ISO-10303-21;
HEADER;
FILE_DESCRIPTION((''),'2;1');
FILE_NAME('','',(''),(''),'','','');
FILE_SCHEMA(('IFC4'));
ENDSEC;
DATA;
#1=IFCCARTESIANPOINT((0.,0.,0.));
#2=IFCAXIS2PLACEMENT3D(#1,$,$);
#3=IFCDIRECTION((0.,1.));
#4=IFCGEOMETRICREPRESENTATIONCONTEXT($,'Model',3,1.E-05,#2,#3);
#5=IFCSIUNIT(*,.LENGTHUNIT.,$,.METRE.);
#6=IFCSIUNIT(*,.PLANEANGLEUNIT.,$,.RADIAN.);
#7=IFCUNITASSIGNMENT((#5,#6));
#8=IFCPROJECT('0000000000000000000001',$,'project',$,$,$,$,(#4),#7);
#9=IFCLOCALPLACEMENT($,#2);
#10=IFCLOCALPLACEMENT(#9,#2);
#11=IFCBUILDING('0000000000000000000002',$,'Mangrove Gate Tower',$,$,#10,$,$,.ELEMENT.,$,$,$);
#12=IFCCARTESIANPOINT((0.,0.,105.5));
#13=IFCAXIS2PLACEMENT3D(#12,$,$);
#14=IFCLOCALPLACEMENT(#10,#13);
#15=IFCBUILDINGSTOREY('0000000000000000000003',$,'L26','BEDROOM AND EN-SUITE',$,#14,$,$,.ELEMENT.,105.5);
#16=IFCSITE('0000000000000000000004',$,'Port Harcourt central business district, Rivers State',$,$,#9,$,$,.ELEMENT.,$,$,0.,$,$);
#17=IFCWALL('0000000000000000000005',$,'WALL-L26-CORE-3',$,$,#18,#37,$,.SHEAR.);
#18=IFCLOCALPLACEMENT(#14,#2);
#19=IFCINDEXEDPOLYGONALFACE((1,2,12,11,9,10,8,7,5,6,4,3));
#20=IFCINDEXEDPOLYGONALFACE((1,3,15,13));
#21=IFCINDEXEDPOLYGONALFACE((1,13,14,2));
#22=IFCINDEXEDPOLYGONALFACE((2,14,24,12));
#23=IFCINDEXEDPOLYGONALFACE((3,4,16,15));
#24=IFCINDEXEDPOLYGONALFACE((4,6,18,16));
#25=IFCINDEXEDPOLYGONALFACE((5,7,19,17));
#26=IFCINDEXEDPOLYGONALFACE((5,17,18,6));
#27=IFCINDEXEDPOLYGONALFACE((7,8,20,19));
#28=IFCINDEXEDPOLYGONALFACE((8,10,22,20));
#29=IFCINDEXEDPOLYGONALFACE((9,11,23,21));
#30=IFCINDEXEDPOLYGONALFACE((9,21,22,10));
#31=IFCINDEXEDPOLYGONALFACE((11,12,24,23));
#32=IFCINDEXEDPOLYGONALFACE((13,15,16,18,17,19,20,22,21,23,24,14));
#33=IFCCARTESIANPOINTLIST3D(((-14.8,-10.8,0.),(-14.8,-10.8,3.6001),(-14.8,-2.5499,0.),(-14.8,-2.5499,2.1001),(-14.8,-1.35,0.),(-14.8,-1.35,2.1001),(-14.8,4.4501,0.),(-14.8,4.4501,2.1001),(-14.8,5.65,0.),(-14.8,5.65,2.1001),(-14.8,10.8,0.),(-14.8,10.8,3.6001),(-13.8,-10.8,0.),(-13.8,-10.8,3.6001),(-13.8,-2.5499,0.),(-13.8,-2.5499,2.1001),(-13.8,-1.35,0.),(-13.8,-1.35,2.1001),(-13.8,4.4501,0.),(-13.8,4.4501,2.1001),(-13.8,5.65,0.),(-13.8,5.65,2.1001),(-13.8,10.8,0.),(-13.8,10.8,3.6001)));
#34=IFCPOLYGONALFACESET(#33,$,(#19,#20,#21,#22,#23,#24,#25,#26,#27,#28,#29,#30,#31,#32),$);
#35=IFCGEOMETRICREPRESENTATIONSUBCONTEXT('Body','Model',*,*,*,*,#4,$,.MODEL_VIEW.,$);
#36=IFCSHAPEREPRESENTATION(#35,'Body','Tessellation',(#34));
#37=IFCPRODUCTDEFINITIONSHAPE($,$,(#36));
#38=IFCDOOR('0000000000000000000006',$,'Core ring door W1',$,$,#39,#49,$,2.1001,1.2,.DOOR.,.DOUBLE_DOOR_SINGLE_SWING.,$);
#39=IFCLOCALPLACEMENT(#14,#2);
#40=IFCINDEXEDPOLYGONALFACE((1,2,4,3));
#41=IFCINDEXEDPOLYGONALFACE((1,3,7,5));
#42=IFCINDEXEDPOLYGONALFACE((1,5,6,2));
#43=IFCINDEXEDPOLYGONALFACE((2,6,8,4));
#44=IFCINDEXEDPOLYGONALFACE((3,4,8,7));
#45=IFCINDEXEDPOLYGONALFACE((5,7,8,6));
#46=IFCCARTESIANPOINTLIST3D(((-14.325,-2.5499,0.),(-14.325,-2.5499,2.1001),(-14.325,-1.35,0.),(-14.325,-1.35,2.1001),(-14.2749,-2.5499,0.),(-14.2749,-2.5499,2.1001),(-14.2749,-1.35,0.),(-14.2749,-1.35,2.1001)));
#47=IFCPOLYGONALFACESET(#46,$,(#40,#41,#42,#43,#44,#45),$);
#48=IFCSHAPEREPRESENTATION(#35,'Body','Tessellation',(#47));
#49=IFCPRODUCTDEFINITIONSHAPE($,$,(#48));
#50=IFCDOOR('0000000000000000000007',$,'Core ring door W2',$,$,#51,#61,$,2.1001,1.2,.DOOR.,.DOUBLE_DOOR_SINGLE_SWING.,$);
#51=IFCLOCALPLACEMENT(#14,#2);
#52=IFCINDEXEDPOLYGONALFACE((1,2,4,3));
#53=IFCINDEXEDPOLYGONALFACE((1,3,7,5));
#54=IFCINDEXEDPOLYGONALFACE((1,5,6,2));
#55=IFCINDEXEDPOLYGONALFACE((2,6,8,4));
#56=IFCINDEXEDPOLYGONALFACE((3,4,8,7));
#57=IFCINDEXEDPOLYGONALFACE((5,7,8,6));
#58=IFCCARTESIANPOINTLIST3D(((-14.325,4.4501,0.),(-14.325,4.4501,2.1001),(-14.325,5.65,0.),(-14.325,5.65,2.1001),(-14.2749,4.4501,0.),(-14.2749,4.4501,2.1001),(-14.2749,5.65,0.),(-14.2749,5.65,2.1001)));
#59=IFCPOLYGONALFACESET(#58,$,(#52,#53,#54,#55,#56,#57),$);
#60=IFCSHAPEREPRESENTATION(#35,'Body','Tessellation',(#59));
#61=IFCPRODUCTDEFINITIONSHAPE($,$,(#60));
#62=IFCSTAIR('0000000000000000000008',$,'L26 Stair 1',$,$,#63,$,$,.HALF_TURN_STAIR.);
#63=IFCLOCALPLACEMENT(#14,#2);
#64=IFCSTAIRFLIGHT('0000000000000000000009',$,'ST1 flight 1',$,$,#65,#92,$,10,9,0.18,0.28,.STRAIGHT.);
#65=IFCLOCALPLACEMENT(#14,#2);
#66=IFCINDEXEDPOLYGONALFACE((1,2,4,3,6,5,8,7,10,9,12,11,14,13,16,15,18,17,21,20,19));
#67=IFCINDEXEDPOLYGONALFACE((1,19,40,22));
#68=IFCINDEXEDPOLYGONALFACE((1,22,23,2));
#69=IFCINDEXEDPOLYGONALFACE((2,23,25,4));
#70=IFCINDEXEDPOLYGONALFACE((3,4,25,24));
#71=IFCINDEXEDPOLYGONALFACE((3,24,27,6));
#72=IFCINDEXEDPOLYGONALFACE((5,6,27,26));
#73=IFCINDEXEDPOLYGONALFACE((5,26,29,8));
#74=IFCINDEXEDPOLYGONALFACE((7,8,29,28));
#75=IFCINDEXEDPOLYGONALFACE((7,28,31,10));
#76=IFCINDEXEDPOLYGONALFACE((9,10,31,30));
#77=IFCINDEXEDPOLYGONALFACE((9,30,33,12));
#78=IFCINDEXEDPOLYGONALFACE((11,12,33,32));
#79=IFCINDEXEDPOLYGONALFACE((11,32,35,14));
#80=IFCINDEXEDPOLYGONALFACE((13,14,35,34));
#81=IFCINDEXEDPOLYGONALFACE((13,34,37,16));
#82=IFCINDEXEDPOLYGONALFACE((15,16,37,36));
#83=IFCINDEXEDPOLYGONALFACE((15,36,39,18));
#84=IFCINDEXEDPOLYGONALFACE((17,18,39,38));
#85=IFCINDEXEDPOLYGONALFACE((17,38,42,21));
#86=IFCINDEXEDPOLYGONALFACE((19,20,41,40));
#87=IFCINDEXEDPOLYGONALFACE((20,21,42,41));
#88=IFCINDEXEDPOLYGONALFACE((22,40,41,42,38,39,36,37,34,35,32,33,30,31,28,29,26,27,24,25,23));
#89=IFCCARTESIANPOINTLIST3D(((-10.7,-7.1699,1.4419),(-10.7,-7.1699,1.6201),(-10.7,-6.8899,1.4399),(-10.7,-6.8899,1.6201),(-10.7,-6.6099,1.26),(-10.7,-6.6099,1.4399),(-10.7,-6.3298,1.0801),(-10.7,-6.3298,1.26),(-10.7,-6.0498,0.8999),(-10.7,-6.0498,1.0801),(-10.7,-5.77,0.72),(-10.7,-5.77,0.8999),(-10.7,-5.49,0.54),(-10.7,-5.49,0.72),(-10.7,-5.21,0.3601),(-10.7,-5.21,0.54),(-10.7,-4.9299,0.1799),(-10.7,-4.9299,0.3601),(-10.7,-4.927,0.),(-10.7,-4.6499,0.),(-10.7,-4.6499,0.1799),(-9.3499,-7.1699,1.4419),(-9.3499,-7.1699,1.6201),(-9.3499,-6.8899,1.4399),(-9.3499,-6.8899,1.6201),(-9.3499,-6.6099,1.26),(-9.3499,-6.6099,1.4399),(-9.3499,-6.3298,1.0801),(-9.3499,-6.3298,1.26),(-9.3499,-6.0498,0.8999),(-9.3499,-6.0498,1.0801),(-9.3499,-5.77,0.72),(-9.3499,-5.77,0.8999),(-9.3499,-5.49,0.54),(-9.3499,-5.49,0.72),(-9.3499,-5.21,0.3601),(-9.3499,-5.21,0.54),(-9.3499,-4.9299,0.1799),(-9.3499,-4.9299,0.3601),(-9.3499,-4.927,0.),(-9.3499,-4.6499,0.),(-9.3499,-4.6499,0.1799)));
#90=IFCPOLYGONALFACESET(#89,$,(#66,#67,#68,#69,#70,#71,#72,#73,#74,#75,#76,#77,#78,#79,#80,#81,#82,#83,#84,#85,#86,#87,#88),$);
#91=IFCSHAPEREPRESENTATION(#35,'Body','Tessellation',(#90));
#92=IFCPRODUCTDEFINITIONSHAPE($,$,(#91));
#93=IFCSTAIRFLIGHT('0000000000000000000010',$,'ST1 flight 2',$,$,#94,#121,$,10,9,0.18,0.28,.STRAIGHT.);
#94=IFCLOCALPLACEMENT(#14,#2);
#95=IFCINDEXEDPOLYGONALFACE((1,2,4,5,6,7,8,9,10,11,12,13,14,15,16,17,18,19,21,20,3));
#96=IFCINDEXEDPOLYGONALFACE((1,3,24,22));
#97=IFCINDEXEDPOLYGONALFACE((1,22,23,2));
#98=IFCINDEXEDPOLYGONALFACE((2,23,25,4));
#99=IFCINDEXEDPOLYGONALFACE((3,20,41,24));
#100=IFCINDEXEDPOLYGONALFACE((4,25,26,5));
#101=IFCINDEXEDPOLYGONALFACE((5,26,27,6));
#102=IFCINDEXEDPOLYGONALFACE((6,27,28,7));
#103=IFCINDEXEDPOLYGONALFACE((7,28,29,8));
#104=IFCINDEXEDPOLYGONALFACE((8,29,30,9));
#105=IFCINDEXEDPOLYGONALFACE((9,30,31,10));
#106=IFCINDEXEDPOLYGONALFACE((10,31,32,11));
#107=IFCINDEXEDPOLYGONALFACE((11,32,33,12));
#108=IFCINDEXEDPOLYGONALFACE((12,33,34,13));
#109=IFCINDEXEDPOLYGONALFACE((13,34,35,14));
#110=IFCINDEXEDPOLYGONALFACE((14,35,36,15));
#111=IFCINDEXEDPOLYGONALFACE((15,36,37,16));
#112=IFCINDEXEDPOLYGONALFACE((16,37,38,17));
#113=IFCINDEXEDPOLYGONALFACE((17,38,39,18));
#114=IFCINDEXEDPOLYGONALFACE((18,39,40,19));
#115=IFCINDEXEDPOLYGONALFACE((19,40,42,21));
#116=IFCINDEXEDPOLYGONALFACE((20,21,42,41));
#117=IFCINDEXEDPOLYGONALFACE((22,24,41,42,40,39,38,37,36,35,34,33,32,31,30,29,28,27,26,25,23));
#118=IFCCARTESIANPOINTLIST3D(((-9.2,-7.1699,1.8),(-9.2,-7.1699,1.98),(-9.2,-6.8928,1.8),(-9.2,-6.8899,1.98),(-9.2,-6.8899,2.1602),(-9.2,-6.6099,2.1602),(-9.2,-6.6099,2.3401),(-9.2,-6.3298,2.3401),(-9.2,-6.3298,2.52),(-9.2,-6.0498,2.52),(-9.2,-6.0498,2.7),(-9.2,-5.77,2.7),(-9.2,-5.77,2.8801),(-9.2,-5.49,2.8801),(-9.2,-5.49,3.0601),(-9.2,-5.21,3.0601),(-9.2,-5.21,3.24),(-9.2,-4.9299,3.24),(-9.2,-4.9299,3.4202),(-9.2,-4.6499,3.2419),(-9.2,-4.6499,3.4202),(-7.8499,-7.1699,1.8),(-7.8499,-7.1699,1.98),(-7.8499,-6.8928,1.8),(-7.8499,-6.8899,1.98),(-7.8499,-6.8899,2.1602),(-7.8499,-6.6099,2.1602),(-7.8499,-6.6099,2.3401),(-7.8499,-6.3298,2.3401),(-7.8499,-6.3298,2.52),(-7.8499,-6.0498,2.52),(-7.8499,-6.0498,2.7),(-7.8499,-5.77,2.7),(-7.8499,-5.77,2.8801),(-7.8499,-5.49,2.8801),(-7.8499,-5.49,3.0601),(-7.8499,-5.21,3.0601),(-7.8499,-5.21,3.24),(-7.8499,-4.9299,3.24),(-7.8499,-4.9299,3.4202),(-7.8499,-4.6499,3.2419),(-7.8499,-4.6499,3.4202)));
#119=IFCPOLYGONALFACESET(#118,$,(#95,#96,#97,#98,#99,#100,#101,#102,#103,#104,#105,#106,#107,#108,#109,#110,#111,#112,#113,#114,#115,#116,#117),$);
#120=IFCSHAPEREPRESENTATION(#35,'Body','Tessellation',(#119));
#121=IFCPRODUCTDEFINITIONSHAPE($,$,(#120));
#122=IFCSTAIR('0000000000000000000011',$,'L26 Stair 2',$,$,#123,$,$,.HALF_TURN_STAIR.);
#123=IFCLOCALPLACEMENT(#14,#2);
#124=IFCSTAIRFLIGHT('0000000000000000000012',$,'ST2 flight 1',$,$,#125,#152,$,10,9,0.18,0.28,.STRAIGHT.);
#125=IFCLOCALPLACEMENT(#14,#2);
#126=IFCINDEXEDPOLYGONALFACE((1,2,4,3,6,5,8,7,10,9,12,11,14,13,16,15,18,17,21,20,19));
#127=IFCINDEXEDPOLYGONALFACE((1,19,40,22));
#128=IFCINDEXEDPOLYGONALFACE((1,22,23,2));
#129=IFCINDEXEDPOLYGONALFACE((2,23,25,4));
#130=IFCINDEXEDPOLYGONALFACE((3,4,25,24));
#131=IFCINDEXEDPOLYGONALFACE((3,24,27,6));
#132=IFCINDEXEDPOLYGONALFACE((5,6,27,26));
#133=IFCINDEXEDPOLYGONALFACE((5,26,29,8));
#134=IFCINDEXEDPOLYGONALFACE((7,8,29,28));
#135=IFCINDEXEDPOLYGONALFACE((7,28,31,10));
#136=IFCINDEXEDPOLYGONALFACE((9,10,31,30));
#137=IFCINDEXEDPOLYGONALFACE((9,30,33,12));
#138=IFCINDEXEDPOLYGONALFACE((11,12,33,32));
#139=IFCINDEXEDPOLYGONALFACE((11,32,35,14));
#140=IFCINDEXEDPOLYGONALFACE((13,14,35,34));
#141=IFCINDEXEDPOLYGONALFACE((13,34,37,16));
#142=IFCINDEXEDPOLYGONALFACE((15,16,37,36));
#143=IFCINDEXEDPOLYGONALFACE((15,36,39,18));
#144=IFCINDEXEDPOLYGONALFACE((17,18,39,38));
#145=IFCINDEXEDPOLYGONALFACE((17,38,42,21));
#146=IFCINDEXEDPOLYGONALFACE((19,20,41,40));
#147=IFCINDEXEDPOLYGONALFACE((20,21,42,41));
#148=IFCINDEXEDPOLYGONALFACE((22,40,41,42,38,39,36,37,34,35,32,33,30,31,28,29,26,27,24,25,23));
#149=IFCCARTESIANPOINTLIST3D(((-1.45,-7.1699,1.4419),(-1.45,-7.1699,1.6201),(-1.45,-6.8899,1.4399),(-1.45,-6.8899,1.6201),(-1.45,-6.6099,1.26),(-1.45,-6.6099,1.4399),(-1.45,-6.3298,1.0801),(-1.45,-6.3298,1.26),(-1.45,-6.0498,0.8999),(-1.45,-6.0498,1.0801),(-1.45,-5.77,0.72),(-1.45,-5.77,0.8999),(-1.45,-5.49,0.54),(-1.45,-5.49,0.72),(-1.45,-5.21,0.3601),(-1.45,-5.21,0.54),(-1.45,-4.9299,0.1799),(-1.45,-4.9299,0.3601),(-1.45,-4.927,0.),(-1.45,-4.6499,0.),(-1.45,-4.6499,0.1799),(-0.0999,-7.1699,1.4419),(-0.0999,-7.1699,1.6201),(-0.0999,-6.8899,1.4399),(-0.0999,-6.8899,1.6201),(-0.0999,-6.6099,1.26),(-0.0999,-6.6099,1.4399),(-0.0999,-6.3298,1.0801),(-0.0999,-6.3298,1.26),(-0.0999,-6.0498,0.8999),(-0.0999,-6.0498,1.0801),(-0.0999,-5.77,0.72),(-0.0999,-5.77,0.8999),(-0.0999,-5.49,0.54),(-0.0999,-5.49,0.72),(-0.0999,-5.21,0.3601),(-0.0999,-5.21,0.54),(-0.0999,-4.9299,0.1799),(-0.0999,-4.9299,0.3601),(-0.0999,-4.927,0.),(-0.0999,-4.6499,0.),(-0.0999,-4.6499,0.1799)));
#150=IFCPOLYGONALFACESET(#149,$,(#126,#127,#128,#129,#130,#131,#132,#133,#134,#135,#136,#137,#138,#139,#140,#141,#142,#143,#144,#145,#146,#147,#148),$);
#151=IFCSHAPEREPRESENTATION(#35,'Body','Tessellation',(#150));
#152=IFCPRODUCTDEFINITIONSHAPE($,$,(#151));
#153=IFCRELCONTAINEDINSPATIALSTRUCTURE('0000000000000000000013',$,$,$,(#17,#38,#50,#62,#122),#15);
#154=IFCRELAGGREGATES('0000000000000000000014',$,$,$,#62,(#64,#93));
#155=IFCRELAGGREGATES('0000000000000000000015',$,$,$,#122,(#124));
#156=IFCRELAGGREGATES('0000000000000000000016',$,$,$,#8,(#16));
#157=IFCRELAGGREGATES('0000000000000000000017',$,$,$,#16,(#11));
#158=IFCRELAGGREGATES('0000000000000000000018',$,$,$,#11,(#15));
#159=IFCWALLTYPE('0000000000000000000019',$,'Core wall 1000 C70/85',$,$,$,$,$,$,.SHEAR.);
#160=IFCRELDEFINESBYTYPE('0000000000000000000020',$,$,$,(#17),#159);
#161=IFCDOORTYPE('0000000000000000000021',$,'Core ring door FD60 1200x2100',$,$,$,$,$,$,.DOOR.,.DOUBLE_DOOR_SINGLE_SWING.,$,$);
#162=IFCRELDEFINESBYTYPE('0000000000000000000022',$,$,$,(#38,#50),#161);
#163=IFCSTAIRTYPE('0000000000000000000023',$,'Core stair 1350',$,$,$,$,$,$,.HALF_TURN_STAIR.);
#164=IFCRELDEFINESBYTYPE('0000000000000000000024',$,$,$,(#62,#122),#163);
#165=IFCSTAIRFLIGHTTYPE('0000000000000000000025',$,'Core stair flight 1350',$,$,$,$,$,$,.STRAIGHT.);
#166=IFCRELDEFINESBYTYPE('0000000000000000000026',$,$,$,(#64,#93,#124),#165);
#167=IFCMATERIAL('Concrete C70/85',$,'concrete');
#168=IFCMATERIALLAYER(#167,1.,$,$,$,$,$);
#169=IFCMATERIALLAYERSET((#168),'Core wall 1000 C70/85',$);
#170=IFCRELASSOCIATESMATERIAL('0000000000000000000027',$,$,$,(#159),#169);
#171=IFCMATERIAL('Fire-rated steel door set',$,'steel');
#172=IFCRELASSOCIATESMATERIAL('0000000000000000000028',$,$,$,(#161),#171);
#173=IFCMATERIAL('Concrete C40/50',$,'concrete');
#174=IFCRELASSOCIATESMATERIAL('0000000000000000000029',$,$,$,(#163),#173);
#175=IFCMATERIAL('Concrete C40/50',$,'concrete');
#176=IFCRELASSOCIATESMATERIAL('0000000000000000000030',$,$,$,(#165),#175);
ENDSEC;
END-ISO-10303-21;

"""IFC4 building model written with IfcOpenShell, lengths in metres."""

from ifc_helpers import new_model, si_unit, direction, frame, frame_2d, origin, place, context, subcontext, project, spatial, polyline, rectangle, outline, extrude, material, layer, layer_set, type_object, element, fill, aggregate, save


model = new_model("IFC4")

# Units and contexts
model_context = context("Model", 3, precision=1e-05, world=origin(), true_north=direction((0.0, 1.0)))
body_context = subcontext(model_context, "Body", "Model", "MODEL_VIEW")
ifc_project = project(units=[si_unit("LENGTHUNIT", "METRE"), si_unit("PLANEANGLEUNIT", "RADIAN")], contexts=[model_context])

# Site, building, storey
site_placement = place(None, origin())
site = spatial("IfcSite", under=ifc_project, at=site_placement, Name="Port Harcourt central business district, Rivers State", CompositionType="ELEMENT", RefElevation=0.0)
building_placement = place(site_placement, origin())
building = spatial("IfcBuilding", under=site, at=building_placement, Name="Mangrove Gate Tower", CompositionType="ELEMENT")
storey_placement = place(building_placement, frame((0.0, 0.0, 105.5)))
storey = spatial("IfcBuildingStorey", under=building, at=storey_placement, Name="L26", Description="BEDROOM AND EN-SUITE", CompositionType="ELEMENT", Elevation=105.5)

# Shared definitions
ifc_material_1 = material(Name="Concrete C70/85", Category="concrete")
ifc_layer_1 = layer(ifc_material_1, 1.0)
ifc_layer_set_1 = layer_set([ifc_layer_1], Name="Core wall 1000 C70/85")
wall_type_1 = type_object("IfcWallType", Name="Core wall 1000 C70/85", PredefinedType="SHEAR", material=ifc_layer_set_1)

# Wall, openings, doors
wall_1_placement = place(storey_placement, frame((-14.3, -10.8, 0.0), z_axis=(0.0, 0.0, 1.0), x_axis=(0.0, 1.0, 0.0)))
wall_1 = element("IfcWall", 1, at=wall_1_placement, inside=storey, type_object=wall_type_1, Name="WALL-L26-CORE-3", PredefinedType="SHEAR", context=body_context, shape_type="SweptSolid", body=[
    extrude(rectangle(XDim=21.6001, YDim=1.0, at=frame_2d((10.8, 0.0))), origin(), (0.0, 0.0, 1.0), 3.6001),
])
opening_1_placement = place(wall_1_placement, frame((8.25, 0.0, 0.0)))
opening_1 = element("IfcOpeningElement", 2, at=opening_1_placement, cuts=wall_1, PredefinedType="OPENING", context=body_context, shape_type="SweptSolid", body=[
    extrude(rectangle(XDim=1.2, YDim=2.1001, at=frame_2d((0.6001, 1.05))), frame((0.0, 0.51, 0.0), z_axis=(0.0, -1.0, 0.0), x_axis=(1.0, 0.0, 0.0)), (0.0, 0.0, 1.0), 1.02),
])
opening_2_placement = place(wall_1_placement, frame((15.25, 0.0, 0.0)))
opening_2 = element("IfcOpeningElement", 3, at=opening_2_placement, cuts=wall_1, PredefinedType="OPENING", context=body_context, shape_type="SweptSolid", body=[
    extrude(rectangle(XDim=1.2, YDim=2.1001, at=frame_2d((0.6001, 1.05))), frame((0.0, 0.51, 0.0), z_axis=(0.0, -1.0, 0.0), x_axis=(1.0, 0.0, 0.0)), (0.0, 0.0, 1.0), 1.02),
])
ifc_material_2 = material(Name="Fire-rated steel door set", Category="steel")
door_type_1 = type_object("IfcDoorType", Name="Core ring door FD60 1200x2100", OperationType="DOUBLE_DOOR_SINGLE_SWING", PredefinedType="DOOR", material=ifc_material_2)
door_1_placement = place(opening_1_placement, origin())
door_1 = element("IfcDoor", 4, at=door_1_placement, inside=storey, type_object=door_type_1, Name="Core ring door W1", OperationType="DOUBLE_DOOR_SINGLE_SWING", OverallHeight=2.1001, OverallWidth=1.2, PredefinedType="DOOR", context=body_context, shape_type="SweptSolid", body=[
    extrude(rectangle(XDim=1.2, YDim=2.1001, at=frame_2d((0.6001, 1.05))), frame((0.0, 0.0249, 0.0), z_axis=(0.0, -1.0, 0.0), x_axis=(1.0, 0.0, 0.0)), (0.0, 0.0, 1.0), 0.05),
])
fill(opening_1, door_1)
door_2_placement = place(opening_2_placement, origin())
door_2 = element("IfcDoor", 5, at=door_2_placement, inside=storey, type_object=door_type_1, Name="Core ring door W2", OperationType="DOUBLE_DOOR_SINGLE_SWING", OverallHeight=2.1001, OverallWidth=1.2, PredefinedType="DOOR", context=body_context, shape_type="SweptSolid", body=[
    extrude(rectangle(XDim=1.2, YDim=2.1001, at=frame_2d((0.6001, 1.05))), frame((0.0, 0.0249, 0.0), z_axis=(0.0, -1.0, 0.0), x_axis=(1.0, 0.0, 0.0)), (0.0, 0.0, 1.0), 0.05),
])
fill(opening_2, door_2)

# Stair, stair flights
ifc_material_3 = material(Name="Concrete C40/50", Category="concrete")
stair_type = type_object("IfcStairType", Name="Core stair 1350", PredefinedType="HALF_TURN_STAIR", material=ifc_material_3)
stair_1_placement = place(storey_placement, origin())
stair_1 = element("IfcStair", 6, at=stair_1_placement, inside=storey, type_object=stair_type, Name="L26 Stair 1", PredefinedType="HALF_TURN_STAIR")
ifc_material_4 = material(Name="Concrete C40/50", Category="concrete")
stair_flight_type = type_object("IfcStairFlightType", Name="Core stair flight 1350", PredefinedType="STRAIGHT", material=ifc_material_4)
stair_flight_1_placement = place(storey_placement, frame((-10.0249, -4.6499, 0.0), z_axis=(0.0, 0.0, 1.0), x_axis=(0.0, -1.0, 0.0)))
stair_flight_1 = element("IfcStairFlight", 7, at=stair_flight_1_placement, type_object=stair_flight_type, Name="ST1 flight 1", NumberOfRisers=10, NumberOfTreads=9, PredefinedType="STRAIGHT", RiserHeight=0.18, TreadLength=0.28, context=body_context, shape_type="SweptSolid", body=[
    extrude(outline(polyline([(0.0, 0.0), (0.0, 0.1799), (0.28, 0.1799), (0.28, 0.3601), (0.5601, 0.3601), (0.5601, 0.54), (0.8401, 0.54), (0.8401, 0.72), (1.1201, 0.72), (1.1201, 0.8999), (1.3999, 0.8999), (1.3999, 1.0801), (1.6799, 1.0801), (1.6799, 1.26), (1.96, 1.26), (1.96, 1.4399), (2.24, 1.4399), (2.24, 1.6201), (2.52, 1.6201), (2.52, 1.8), (2.52, 1.4419), (0.2771, 0.0), (0.0, 0.0)])), frame((0.0, 0.675, 0.0), z_axis=(0.0, -1.0, 0.0), x_axis=(1.0, 0.0, 0.0)), (0.0, 0.0, 1.0), 1.3501),
])
stair_flight_2_placement = place(storey_placement, frame((-8.5249, -7.1699, 1.8), z_axis=(0.0, 0.0, 1.0), x_axis=(0.0, 1.0, 0.0)))
stair_flight_2 = element("IfcStairFlight", 8, at=stair_flight_2_placement, type_object=stair_flight_type, Name="ST1 flight 2", NumberOfRisers=10, NumberOfTreads=9, PredefinedType="STRAIGHT", RiserHeight=0.18, TreadLength=0.28, context=body_context, shape_type="SweptSolid", body=[
    extrude(outline(polyline([(0.0, 0.0), (0.0, 0.1799), (0.28, 0.1799), (0.28, 0.3601), (0.5601, 0.3601), (0.5601, 0.54), (0.8401, 0.54), (0.8401, 0.72), (1.1201, 0.72), (1.1201, 0.8999), (1.3999, 0.8999), (1.3999, 1.0801), (1.6799, 1.0801), (1.6799, 1.26), (1.96, 1.26), (1.96, 1.4399), (2.24, 1.4399), (2.24, 1.6201), (2.52, 1.6201), (2.52, 1.8), (2.52, 1.4419), (0.2771, 0.0), (0.0, 0.0)])), frame((0.0, 0.675, 0.0), z_axis=(0.0, -1.0, 0.0), x_axis=(1.0, 0.0, 0.0)), (0.0, 0.0, 1.0), 1.3501),
])
aggregate(stair_1, [stair_flight_1, stair_flight_2])

# Stair, stair flight
stair_2_placement = place(storey_placement, origin())
stair_2 = element("IfcStair", 9, at=stair_2_placement, inside=storey, type_object=stair_type, Name="L26 Stair 2", PredefinedType="HALF_TURN_STAIR")
stair_flight_3_placement = place(storey_placement, frame((-0.7749, -4.6499, 0.0), z_axis=(0.0, 0.0, 1.0), x_axis=(0.0, -1.0, 0.0)))
stair_flight_3 = element("IfcStairFlight", 10, at=stair_flight_3_placement, type_object=stair_flight_type, Name="ST2 flight 1", NumberOfRisers=10, NumberOfTreads=9, PredefinedType="STRAIGHT", RiserHeight=0.18, TreadLength=0.28, context=body_context, shape_type="SweptSolid", body=[
    extrude(outline(polyline([(0.0, 0.0), (0.0, 0.1799), (0.28, 0.1799), (0.28, 0.3601), (0.5601, 0.3601), (0.5601, 0.54), (0.8401, 0.54), (0.8401, 0.72), (1.1201, 0.72), (1.1201, 0.8999), (1.3999, 0.8999), (1.3999, 1.0801), (1.6799, 1.0801), (1.6799, 1.26), (1.96, 1.26), (1.96, 1.4399), (2.24, 1.4399), (2.24, 1.6201), (2.52, 1.6201), (2.52, 1.8), (2.52, 1.4419), (0.2771, 0.0), (0.0, 0.0)])), frame((0.0, 0.675, 0.0), z_axis=(0.0, -1.0, 0.0), x_axis=(1.0, 0.0, 0.0)), (0.0, 0.0, 1.0), 1.3501),
])
aggregate(stair_2, [stair_flight_3])

save(model, "model.ifc")
